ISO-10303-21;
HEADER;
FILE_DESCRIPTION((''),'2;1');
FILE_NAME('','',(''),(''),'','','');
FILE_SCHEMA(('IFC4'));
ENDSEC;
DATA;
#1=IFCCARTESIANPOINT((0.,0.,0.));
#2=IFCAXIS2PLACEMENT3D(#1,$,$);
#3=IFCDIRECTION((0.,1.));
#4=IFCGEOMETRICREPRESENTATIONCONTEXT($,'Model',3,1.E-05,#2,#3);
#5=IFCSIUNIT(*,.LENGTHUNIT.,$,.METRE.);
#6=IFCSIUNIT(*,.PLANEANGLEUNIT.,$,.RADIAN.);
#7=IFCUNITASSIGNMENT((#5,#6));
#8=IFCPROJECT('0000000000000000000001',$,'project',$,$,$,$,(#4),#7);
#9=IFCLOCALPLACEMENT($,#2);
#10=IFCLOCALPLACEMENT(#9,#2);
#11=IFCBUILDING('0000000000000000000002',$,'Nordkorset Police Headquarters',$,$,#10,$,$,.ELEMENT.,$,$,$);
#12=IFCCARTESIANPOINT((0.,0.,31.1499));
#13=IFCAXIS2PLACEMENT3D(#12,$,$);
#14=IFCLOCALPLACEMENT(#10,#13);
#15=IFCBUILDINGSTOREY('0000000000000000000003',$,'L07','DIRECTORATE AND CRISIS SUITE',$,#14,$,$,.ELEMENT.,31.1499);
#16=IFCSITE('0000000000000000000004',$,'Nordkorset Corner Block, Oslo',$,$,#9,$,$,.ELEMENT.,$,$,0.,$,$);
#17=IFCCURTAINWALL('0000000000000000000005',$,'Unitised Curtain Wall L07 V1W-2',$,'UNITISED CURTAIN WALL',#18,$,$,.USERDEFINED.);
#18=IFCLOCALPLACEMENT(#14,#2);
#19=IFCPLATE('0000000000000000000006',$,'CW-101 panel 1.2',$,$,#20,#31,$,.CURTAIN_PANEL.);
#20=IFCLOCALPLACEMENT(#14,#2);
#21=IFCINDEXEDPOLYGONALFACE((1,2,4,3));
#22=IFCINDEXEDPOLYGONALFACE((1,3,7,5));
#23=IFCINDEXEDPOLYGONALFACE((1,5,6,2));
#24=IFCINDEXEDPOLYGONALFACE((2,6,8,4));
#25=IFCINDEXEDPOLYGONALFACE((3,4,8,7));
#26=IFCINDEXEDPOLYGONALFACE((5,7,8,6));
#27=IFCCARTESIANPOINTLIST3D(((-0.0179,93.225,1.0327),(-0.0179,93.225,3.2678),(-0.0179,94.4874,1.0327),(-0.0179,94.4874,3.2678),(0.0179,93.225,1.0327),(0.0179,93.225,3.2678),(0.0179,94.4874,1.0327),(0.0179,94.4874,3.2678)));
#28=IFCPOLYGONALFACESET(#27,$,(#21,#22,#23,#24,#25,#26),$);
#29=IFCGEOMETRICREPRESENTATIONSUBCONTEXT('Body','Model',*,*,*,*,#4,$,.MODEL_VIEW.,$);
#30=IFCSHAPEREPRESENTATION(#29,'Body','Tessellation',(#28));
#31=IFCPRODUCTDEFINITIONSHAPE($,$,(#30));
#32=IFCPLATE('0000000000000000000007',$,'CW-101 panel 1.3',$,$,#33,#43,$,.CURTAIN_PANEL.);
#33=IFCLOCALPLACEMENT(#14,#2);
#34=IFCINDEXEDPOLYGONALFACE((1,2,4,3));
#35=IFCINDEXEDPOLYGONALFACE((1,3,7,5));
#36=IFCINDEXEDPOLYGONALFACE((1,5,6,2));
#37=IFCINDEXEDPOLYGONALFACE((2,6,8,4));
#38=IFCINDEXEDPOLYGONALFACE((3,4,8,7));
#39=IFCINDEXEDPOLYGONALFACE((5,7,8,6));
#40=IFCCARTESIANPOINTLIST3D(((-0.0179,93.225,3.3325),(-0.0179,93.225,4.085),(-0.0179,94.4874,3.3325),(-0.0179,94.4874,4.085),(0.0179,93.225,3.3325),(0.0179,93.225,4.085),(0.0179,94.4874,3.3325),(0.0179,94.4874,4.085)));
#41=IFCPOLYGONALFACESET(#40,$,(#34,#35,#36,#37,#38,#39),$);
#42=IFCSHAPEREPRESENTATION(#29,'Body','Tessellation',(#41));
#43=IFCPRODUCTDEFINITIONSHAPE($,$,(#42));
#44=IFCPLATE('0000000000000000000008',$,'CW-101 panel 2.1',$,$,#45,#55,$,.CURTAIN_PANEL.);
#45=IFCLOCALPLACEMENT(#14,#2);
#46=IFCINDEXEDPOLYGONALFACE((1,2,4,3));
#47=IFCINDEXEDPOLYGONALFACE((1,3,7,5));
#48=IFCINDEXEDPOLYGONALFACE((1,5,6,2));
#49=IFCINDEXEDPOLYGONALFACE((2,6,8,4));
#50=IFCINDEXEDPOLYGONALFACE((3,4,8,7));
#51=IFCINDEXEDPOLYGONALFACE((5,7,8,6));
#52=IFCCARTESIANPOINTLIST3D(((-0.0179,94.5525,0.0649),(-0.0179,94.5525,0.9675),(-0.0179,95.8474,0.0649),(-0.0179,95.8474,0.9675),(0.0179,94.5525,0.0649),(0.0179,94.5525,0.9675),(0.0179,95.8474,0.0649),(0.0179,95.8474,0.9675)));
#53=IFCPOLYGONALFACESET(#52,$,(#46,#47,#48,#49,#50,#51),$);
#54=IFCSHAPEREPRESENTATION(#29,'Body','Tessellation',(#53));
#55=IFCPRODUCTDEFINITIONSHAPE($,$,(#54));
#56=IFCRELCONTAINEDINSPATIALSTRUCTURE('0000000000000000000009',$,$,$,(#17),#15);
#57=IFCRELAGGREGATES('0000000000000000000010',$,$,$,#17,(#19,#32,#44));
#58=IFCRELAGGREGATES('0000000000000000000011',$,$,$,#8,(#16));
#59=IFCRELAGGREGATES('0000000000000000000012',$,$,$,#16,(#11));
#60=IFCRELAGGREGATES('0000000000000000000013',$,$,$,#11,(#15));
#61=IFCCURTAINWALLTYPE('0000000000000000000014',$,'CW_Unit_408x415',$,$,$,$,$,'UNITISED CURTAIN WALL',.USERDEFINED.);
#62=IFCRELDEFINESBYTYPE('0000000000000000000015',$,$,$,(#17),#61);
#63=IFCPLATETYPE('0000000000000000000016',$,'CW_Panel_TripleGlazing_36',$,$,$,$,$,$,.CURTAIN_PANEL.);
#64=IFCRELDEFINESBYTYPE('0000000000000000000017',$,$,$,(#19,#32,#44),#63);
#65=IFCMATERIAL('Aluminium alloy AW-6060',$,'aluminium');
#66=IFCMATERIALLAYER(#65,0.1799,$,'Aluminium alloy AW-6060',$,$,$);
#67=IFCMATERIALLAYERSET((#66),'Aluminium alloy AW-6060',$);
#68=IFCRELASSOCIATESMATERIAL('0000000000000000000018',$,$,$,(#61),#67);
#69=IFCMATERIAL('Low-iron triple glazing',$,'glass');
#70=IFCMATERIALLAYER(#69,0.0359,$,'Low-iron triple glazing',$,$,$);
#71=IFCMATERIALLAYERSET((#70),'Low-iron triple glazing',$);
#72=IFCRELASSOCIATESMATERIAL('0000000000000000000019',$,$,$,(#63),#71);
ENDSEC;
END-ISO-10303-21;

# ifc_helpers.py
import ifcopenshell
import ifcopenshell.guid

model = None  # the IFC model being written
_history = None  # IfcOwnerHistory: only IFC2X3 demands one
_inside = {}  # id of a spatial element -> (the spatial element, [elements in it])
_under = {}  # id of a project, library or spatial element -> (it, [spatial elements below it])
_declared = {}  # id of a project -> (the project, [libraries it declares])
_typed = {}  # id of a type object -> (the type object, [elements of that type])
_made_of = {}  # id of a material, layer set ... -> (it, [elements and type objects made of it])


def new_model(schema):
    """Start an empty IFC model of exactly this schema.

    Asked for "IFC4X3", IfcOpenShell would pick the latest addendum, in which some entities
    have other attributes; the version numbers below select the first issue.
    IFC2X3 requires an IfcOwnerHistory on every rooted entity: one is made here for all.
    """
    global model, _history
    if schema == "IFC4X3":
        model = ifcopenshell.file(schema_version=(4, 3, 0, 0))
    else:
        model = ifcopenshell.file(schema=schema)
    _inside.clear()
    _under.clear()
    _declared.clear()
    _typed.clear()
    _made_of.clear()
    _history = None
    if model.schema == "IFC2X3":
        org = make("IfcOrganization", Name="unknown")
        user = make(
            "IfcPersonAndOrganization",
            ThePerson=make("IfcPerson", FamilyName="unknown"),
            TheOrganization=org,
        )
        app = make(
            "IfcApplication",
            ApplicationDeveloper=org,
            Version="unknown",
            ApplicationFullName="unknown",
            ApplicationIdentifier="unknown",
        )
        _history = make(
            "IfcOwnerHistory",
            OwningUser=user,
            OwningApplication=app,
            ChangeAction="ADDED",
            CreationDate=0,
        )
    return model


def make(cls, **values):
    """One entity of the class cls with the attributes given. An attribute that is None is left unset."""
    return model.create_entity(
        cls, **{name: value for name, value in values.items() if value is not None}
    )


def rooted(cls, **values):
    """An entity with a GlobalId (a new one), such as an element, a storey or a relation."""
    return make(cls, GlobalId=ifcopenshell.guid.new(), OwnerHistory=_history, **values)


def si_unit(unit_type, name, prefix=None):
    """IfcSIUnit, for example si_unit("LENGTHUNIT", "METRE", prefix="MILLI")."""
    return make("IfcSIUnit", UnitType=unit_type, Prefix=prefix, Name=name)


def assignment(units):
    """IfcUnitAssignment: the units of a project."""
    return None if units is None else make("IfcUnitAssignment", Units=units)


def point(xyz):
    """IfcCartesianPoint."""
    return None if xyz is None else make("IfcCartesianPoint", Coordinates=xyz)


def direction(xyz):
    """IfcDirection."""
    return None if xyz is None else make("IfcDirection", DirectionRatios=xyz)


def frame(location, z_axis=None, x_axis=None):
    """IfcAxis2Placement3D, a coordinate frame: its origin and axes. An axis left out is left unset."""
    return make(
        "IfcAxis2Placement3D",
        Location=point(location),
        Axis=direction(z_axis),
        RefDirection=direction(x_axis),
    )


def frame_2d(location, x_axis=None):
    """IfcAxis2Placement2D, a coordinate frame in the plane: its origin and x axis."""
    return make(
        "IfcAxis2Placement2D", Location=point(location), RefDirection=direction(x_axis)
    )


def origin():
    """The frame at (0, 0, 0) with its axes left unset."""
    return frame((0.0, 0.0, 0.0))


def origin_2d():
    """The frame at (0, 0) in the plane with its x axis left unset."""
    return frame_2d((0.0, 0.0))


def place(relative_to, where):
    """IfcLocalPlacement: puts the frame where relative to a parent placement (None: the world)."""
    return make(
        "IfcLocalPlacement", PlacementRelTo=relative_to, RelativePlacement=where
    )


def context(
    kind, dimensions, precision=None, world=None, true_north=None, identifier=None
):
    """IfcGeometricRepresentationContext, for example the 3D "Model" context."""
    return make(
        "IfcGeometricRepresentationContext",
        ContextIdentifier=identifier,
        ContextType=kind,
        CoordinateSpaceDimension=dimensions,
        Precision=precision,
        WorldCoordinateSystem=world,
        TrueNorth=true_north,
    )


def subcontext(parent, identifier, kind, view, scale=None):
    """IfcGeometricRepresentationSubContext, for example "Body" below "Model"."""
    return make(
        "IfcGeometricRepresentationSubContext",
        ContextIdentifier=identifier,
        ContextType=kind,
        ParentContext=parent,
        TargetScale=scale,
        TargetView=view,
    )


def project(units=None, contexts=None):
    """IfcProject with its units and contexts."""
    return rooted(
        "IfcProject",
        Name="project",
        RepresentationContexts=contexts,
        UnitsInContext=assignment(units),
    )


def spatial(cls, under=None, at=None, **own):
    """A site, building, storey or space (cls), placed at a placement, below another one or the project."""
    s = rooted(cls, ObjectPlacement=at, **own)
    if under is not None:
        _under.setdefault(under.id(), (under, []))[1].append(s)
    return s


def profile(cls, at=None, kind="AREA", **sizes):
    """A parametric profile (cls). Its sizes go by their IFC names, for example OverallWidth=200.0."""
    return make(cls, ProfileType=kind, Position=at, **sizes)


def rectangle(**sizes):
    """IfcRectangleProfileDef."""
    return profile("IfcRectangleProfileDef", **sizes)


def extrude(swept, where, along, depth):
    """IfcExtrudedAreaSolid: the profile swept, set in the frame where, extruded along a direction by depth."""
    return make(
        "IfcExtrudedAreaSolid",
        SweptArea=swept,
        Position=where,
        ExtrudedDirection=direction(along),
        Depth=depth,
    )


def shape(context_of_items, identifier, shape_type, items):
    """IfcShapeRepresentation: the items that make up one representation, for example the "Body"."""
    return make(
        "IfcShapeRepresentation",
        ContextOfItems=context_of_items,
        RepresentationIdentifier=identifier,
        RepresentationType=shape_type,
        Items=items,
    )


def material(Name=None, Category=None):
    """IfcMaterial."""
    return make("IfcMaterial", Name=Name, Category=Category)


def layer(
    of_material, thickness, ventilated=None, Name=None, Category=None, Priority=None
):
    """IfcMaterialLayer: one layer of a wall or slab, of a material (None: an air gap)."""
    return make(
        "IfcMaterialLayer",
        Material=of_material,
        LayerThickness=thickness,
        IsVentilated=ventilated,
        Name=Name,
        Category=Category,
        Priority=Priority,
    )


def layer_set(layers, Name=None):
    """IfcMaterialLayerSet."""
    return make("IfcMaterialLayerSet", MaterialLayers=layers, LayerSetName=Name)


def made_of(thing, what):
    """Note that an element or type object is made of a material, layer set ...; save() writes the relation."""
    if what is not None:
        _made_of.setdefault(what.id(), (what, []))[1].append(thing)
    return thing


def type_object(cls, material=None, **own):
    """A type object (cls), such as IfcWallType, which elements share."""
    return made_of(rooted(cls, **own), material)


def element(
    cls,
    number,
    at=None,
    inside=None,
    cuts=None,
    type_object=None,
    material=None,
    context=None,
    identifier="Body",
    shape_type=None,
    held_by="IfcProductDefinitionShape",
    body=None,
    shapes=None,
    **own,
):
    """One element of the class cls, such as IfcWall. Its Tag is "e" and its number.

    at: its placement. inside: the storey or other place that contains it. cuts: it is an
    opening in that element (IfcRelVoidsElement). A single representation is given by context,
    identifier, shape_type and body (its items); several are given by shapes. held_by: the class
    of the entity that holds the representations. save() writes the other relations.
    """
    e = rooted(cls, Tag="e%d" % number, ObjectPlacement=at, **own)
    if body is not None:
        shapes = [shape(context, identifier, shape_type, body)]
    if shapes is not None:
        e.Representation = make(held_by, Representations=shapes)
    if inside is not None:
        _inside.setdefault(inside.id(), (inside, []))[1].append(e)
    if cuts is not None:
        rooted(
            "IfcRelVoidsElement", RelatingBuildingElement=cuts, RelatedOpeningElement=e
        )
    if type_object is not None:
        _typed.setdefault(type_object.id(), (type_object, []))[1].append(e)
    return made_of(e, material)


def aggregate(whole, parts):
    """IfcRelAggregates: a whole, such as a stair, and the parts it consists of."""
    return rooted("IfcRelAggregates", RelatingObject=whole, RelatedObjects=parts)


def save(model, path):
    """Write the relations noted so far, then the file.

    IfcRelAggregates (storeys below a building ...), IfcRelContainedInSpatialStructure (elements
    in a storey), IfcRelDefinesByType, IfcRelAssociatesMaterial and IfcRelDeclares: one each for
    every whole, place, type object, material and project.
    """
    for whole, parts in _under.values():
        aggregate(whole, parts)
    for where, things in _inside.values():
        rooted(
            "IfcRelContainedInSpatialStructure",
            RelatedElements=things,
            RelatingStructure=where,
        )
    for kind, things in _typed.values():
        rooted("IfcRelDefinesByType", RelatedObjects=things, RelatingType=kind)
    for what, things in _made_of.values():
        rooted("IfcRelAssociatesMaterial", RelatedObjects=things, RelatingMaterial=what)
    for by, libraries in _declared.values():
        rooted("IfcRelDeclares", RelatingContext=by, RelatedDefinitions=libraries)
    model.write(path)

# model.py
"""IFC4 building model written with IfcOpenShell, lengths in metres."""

from ifc_helpers import new_model, si_unit, direction, frame, origin, origin_2d, place, context, subcontext, project, spatial, rectangle, extrude, material, layer, layer_set, type_object, element, aggregate, save


model = new_model("IFC4")

# Units and contexts
model_context = context("Model", 3, precision=1e-05, world=origin(), true_north=direction((0.0, 1.0)))
body_context = subcontext(model_context, "Body", "Model", "MODEL_VIEW")
ifc_project = project(units=[si_unit("LENGTHUNIT", "METRE"), si_unit("PLANEANGLEUNIT", "RADIAN")], contexts=[model_context])

# Site, building, storey
site_placement = place(None, origin())
site = spatial("IfcSite", under=ifc_project, at=site_placement, Name="Nordkorset Corner Block, Oslo", CompositionType="ELEMENT", RefElevation=0.0)
building_placement = place(site_placement, origin())
building = spatial("IfcBuilding", under=site, at=building_placement, Name="Nordkorset Police Headquarters", CompositionType="ELEMENT")
storey_placement = place(building_placement, frame((0.0, 0.0, 31.1499)))
storey = spatial("IfcBuildingStorey", under=building, at=storey_placement, Name="L07", Description="DIRECTORATE AND CRISIS SUITE", CompositionType="ELEMENT", Elevation=31.1499)

# Curtain wall
ifc_material_1 = material(Name="Aluminium alloy AW-6060", Category="aluminium")
ifc_layer_1 = layer(ifc_material_1, 0.1799, Name="Aluminium alloy AW-6060")
ifc_layer_set_1 = layer_set([ifc_layer_1], Name="Aluminium alloy AW-6060")
curtain_wall_type = type_object("IfcCurtainWallType", Name="CW_Unit_408x415", ElementType="UNITISED CURTAIN WALL", PredefinedType="USERDEFINED", material=ifc_layer_set_1)
curtain_wall_1_placement = place(storey_placement, origin())
curtain_wall_1 = element("IfcCurtainWall", 1, at=curtain_wall_1_placement, inside=storey, type_object=curtain_wall_type, Name="Unitised Curtain Wall L07 V1W-2", ObjectType="UNITISED CURTAIN WALL", PredefinedType="USERDEFINED")

# Plates
ifc_material_2 = material(Name="Low-iron triple glazing", Category="glass")
ifc_layer_2 = layer(ifc_material_2, 0.0359, Name="Low-iron triple glazing")
ifc_layer_set_2 = layer_set([ifc_layer_2], Name="Low-iron triple glazing")
plate_type = type_object("IfcPlateType", Name="CW_Panel_TripleGlazing_36", PredefinedType="CURTAIN_PANEL", material=ifc_layer_set_2)
plate_1_placement = place(storey_placement, frame((0.0, 93.8562, 1.0327), z_axis=(0.0, 0.0, 1.0), x_axis=(0.0, 1.0, 0.0)))
plate_1 = element("IfcPlate", 2, at=plate_1_placement, type_object=plate_type, Name="CW-101 panel 1.2", PredefinedType="CURTAIN_PANEL", context=body_context, shape_type="SweptSolid", body=[
    extrude(rectangle(XDim=1.2625, YDim=0.0359, at=origin_2d()), origin(), (0.0, 0.0, 1.0), 2.2351),
])
plate_2_placement = place(storey_placement, frame((0.0, 93.8562, 3.3325), z_axis=(0.0, 0.0, 1.0), x_axis=(0.0, 1.0, 0.0)))
plate_2 = element("IfcPlate", 3, at=plate_2_placement, type_object=plate_type, Name="CW-101 panel 1.3", PredefinedType="CURTAIN_PANEL", context=body_context, shape_type="SweptSolid", body=[
    extrude(rectangle(XDim=1.2625, YDim=0.0359, at=origin_2d()), origin(), (0.0, 0.0, 1.0), 0.7524),
])
plate_3_placement = place(storey_placement, frame((0.0, 95.2, 0.0649), z_axis=(0.0, 0.0, 1.0), x_axis=(0.0, 1.0, 0.0)))
plate_3 = element("IfcPlate", 4, at=plate_3_placement, type_object=plate_type, Name="CW-101 panel 2.1", PredefinedType="CURTAIN_PANEL", context=body_context, shape_type="SweptSolid", body=[
    extrude(rectangle(XDim=1.2949, YDim=0.0359, at=origin_2d()), origin(), (0.0, 0.0, 1.0), 0.9026),
])
aggregate(curtain_wall_1, [plate_1, plate_2, plate_3])

save(model, "model.ifc")
